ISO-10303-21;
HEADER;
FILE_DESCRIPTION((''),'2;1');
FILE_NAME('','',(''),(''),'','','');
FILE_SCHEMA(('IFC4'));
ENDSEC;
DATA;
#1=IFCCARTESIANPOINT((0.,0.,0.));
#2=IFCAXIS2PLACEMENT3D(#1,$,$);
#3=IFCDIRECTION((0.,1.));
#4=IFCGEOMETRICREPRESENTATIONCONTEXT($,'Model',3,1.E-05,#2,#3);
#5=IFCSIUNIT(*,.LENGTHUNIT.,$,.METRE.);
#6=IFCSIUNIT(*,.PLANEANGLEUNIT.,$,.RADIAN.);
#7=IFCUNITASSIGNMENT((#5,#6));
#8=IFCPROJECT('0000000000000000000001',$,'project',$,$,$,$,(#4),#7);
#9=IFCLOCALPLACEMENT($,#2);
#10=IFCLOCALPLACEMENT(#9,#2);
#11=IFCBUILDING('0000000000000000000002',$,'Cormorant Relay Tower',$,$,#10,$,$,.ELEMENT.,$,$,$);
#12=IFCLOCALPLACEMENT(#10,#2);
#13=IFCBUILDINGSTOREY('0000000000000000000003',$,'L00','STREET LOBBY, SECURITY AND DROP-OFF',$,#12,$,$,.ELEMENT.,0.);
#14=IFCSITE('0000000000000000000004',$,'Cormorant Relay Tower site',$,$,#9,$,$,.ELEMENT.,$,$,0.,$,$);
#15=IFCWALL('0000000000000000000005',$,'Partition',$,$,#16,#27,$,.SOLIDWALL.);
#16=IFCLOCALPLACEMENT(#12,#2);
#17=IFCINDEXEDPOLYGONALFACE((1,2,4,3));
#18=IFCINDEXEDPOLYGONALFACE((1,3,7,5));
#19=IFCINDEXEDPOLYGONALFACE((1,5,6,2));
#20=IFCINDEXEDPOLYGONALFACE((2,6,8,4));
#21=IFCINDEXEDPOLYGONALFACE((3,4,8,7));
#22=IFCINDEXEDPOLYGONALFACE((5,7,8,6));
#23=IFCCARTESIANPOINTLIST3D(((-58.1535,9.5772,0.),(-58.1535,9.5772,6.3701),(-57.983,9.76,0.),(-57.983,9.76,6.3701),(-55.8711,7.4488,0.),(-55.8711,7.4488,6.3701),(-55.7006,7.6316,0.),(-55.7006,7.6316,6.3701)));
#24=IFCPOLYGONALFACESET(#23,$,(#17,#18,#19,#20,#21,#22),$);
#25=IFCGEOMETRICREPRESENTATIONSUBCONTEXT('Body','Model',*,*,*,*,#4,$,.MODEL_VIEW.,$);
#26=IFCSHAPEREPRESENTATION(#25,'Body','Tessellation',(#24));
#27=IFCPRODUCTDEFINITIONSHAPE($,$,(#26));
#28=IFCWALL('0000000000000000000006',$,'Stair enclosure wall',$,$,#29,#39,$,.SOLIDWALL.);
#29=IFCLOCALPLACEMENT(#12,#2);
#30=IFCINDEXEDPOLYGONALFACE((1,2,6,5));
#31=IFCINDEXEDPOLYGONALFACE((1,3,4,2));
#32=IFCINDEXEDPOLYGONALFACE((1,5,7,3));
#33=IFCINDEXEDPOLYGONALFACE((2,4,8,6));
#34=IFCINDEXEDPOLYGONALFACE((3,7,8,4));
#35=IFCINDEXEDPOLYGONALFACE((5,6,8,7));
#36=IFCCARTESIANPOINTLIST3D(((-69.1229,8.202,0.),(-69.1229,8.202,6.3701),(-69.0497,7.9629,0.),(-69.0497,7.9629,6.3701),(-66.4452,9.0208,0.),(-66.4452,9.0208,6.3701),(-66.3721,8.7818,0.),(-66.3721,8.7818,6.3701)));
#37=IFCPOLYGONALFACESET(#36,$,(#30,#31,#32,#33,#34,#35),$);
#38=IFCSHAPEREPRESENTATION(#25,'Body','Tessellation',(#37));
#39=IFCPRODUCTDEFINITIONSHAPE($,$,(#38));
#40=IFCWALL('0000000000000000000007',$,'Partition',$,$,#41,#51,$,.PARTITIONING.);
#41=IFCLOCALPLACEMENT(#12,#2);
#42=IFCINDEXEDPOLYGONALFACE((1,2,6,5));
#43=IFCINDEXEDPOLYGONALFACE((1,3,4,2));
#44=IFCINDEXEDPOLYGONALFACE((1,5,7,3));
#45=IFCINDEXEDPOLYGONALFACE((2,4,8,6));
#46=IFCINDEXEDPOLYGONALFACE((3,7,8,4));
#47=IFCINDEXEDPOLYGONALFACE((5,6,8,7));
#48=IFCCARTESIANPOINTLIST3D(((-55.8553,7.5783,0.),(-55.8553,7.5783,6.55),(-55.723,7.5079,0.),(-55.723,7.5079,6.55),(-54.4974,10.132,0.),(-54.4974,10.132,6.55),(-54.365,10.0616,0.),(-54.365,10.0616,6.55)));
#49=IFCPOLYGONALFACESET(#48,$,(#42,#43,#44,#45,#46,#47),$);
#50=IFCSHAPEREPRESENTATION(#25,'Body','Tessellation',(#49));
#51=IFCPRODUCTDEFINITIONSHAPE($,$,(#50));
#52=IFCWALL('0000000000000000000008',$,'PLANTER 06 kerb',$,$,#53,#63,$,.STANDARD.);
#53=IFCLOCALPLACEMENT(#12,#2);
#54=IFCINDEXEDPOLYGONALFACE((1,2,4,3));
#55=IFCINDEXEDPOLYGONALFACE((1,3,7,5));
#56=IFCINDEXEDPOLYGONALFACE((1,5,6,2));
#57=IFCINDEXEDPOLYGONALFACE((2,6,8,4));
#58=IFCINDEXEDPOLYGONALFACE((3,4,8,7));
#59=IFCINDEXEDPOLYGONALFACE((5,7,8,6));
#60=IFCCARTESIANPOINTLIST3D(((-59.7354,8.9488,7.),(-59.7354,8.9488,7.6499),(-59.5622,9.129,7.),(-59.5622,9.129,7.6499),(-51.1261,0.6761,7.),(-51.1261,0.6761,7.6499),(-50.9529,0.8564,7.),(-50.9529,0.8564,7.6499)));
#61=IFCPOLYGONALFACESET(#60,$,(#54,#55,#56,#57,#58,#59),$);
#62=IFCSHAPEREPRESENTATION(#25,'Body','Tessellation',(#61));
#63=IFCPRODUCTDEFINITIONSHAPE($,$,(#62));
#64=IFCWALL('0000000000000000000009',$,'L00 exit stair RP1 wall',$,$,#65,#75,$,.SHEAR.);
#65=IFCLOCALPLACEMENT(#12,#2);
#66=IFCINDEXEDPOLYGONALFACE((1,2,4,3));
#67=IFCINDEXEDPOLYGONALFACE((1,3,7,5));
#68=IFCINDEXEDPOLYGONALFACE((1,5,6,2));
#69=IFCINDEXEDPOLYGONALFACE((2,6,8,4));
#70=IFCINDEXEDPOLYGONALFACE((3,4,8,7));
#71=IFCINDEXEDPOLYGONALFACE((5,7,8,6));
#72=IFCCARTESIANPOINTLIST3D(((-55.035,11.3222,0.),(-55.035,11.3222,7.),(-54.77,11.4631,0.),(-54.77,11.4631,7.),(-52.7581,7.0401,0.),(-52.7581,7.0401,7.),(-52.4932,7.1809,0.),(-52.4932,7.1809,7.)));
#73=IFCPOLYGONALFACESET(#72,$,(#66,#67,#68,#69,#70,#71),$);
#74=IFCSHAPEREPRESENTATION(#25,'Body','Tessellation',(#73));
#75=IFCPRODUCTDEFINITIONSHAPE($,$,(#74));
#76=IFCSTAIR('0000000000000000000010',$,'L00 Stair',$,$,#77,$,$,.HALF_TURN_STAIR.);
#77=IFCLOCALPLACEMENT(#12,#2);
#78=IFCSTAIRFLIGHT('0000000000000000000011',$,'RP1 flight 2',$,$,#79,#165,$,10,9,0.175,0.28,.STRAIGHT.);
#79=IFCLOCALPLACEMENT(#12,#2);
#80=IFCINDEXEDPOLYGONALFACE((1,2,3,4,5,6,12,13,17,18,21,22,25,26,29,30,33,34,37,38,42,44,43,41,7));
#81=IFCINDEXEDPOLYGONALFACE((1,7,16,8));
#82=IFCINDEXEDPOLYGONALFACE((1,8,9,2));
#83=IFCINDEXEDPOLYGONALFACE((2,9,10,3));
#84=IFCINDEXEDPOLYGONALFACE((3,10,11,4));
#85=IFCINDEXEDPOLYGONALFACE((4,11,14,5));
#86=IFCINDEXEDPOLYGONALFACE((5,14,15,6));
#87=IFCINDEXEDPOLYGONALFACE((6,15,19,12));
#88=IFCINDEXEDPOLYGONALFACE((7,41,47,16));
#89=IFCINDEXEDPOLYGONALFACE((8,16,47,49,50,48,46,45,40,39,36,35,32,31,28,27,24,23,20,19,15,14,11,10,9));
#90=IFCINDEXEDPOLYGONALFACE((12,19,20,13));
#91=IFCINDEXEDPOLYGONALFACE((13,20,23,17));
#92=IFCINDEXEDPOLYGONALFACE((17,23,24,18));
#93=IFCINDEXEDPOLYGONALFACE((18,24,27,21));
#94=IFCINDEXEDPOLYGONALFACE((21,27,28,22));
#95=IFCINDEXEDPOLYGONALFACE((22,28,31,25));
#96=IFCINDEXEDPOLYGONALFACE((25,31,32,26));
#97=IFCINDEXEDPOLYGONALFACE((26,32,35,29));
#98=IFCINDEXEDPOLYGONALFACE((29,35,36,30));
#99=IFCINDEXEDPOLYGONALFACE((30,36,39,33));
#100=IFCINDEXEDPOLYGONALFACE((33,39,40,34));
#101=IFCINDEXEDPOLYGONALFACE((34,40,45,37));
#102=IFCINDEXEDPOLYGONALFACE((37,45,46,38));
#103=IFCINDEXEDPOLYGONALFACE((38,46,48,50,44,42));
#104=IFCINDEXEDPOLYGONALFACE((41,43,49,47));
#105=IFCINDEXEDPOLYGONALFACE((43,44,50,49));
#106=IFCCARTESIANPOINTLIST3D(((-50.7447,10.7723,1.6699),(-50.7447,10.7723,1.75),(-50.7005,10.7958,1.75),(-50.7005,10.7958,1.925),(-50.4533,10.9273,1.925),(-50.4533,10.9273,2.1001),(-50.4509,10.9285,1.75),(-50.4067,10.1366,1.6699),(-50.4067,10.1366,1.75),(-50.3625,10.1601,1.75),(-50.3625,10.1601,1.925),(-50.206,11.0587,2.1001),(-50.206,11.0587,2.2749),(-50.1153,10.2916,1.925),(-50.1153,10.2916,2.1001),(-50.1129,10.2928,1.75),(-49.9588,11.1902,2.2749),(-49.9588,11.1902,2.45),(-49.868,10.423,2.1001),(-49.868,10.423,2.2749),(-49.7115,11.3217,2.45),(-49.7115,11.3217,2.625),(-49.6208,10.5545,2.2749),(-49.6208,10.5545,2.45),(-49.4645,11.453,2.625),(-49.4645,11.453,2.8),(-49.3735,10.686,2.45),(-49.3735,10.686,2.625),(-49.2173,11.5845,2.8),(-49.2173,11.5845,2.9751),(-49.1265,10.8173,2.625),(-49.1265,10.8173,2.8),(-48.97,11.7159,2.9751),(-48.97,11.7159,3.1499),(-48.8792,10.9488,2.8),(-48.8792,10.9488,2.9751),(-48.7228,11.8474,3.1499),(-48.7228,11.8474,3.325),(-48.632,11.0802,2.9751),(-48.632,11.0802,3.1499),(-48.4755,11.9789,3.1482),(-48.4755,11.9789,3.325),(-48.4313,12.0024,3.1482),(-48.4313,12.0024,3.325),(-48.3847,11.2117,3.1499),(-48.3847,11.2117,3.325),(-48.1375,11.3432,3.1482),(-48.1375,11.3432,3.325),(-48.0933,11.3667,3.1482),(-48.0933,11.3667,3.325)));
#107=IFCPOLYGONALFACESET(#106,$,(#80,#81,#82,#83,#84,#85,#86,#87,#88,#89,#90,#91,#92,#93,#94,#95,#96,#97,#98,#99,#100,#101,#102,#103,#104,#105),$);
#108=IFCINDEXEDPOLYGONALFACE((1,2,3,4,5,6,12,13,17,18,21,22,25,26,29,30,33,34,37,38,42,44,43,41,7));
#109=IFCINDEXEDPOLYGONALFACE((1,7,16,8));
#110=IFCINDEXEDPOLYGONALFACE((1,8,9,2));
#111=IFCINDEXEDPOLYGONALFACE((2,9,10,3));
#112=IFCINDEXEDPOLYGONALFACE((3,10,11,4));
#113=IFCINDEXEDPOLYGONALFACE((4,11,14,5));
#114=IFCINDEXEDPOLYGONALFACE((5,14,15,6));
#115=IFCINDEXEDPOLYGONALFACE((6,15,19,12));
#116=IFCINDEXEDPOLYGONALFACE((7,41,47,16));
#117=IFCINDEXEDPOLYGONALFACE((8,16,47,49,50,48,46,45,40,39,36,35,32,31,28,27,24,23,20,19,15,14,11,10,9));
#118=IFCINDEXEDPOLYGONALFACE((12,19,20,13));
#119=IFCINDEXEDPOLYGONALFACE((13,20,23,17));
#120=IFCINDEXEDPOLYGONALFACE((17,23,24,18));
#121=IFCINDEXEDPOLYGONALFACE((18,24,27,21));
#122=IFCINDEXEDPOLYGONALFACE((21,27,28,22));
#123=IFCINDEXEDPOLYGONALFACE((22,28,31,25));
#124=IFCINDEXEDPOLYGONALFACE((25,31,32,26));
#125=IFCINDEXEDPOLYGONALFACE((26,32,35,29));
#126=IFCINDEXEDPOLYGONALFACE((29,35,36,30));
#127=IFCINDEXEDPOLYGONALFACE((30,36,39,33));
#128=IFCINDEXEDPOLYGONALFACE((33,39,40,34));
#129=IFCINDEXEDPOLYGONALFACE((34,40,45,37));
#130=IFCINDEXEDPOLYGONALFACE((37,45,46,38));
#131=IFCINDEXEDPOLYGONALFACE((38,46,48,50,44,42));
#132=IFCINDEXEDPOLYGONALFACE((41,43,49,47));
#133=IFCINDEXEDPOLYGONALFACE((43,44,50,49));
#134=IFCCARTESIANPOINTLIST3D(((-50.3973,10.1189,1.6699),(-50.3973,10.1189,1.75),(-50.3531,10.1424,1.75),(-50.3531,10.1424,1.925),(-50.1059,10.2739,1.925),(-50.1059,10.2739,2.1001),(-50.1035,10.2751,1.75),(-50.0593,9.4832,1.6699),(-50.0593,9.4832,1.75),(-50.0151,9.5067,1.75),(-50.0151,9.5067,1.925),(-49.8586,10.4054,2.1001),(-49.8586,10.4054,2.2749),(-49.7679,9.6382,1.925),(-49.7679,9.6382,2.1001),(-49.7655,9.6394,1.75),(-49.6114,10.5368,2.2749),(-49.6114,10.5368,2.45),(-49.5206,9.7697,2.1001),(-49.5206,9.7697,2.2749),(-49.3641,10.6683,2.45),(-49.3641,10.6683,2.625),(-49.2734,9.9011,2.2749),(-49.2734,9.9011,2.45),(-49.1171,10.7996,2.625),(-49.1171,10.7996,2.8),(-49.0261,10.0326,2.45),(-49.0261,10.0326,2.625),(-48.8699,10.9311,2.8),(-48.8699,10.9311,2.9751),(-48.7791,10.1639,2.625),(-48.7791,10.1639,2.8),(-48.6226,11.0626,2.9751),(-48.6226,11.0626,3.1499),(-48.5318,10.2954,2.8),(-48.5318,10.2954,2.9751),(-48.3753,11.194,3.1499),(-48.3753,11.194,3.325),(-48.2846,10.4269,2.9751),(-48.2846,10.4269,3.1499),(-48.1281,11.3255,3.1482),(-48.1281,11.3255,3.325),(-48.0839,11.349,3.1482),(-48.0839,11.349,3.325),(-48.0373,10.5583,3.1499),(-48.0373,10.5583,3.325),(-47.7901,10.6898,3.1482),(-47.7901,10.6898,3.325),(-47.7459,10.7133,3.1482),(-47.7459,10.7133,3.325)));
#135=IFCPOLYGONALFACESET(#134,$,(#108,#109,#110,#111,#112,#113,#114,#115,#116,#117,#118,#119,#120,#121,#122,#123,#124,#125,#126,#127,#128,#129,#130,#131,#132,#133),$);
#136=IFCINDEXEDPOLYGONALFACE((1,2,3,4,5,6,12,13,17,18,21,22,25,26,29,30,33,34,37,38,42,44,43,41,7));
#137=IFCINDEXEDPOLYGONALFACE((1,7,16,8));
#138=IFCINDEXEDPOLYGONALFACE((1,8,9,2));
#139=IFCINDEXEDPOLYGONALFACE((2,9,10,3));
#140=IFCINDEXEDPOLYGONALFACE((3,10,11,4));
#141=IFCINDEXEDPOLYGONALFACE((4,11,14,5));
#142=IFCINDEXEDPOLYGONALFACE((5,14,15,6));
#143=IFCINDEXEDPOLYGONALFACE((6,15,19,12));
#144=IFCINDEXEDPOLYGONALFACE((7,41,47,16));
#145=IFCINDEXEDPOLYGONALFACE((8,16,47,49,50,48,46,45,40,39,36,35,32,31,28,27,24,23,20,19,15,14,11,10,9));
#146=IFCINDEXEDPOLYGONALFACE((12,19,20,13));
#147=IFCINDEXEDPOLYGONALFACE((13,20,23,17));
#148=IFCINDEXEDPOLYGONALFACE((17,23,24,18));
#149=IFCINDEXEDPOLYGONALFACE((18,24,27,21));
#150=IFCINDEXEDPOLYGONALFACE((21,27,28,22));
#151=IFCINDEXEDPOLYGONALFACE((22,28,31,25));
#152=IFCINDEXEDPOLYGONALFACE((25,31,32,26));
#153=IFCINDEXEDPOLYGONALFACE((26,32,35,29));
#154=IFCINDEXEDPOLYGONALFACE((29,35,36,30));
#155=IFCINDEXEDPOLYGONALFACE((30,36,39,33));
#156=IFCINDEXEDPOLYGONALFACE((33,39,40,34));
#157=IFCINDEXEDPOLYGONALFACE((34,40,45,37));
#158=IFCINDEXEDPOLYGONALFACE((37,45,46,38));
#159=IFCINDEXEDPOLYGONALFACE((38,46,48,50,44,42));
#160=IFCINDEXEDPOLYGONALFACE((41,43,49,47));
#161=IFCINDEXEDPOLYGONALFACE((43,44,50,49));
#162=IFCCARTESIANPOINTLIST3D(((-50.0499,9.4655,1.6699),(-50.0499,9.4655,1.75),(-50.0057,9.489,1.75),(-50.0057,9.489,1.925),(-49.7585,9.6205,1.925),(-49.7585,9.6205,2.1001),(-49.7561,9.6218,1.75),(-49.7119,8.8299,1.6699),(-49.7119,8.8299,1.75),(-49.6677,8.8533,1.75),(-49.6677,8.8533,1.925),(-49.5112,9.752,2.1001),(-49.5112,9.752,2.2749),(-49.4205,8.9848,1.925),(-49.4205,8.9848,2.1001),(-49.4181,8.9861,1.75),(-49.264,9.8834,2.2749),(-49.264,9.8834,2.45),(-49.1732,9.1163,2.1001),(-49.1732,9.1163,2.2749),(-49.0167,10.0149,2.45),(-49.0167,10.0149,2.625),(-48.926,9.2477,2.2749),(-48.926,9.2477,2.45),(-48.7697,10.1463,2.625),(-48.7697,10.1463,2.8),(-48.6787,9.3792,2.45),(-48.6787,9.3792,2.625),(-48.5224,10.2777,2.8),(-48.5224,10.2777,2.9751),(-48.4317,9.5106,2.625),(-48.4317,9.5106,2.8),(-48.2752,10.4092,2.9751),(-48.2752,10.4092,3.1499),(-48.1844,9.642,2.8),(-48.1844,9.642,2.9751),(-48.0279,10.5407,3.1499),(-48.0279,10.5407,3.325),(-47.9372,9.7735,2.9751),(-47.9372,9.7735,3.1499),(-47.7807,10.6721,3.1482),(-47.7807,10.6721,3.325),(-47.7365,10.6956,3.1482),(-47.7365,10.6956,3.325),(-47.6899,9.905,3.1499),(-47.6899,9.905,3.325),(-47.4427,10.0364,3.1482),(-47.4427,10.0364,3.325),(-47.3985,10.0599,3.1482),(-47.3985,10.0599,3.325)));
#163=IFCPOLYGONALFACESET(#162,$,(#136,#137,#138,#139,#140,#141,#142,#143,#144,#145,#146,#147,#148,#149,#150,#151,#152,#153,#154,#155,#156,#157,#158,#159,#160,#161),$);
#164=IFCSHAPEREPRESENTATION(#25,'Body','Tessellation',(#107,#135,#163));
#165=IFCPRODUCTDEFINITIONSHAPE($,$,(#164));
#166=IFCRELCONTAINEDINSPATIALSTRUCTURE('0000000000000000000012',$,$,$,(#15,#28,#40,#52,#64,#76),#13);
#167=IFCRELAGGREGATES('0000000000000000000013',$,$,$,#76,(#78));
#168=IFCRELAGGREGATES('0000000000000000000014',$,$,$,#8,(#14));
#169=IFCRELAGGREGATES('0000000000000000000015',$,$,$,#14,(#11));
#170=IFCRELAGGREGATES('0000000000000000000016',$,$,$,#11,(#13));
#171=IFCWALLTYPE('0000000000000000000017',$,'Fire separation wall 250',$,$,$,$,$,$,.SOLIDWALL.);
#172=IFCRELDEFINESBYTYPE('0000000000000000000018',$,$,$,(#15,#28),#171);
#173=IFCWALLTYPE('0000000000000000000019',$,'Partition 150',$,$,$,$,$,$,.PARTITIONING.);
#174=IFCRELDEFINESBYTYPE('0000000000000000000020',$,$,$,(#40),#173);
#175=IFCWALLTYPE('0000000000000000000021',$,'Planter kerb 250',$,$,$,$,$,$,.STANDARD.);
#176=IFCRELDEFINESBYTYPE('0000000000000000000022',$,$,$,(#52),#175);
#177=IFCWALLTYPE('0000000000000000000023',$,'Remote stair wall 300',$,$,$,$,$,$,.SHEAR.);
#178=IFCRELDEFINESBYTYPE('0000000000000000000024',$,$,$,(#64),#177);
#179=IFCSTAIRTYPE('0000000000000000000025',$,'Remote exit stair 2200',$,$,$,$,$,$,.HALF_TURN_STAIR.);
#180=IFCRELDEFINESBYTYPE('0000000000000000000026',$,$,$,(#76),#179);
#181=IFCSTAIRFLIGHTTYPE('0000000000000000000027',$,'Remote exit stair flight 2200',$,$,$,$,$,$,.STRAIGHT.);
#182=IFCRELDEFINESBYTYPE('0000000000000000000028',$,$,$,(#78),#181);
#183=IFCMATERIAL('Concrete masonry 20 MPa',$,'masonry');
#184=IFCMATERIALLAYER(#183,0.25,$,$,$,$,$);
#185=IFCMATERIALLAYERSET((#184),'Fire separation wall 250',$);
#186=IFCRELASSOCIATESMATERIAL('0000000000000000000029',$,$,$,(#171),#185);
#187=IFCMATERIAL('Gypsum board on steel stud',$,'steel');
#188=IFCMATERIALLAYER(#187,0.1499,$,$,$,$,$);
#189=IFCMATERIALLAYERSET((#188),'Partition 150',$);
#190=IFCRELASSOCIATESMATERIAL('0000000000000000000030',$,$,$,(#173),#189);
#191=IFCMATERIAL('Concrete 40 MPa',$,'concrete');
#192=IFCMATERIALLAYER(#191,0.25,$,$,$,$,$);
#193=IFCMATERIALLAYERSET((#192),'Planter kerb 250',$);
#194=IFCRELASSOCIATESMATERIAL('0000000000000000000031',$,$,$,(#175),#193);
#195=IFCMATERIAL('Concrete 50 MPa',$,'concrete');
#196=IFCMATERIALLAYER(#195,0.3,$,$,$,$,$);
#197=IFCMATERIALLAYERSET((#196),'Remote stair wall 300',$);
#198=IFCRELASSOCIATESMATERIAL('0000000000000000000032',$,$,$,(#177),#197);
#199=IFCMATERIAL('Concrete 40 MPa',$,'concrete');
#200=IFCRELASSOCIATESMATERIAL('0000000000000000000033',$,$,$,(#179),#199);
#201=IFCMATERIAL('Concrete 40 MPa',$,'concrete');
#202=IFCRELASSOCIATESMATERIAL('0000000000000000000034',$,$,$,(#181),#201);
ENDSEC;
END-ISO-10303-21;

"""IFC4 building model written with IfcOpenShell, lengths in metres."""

from ifc_helpers import new_model, si_unit, direction, frame, frame_2d, origin, place, context, subcontext, project, spatial, polyline, rectangle, outline, extrude, material, layer, layer_set, type_object, element, aggregate, save


model = new_model("IFC4")

# Units and contexts
model_context = context("Model", 3, precision=1e-05, world=origin(), true_north=direction((0.0, 1.0)))
body_context = subcontext(model_context, "Body", "Model", "MODEL_VIEW")
ifc_project = project(units=[si_unit("LENGTHUNIT", "METRE"), si_unit("PLANEANGLEUNIT", "RADIAN")], contexts=[model_context])

# Site, building, storey
site_placement = place(None, origin())
site = spatial("IfcSite", under=ifc_project, at=site_placement, Name="Cormorant Relay Tower site", CompositionType="ELEMENT", RefElevation=0.0)
building_placement = place(site_placement, origin())
building = spatial("IfcBuilding", under=site, at=building_placement, Name="Cormorant Relay Tower", CompositionType="ELEMENT")
storey_placement = place(building_placement, origin())
storey = spatial("IfcBuildingStorey", under=building, at=storey_placement, Name="L00", Description="STREET LOBBY, SECURITY AND DROP-OFF", CompositionType="ELEMENT", Elevation=0.0)

# Walls
ifc_material_1 = material(Name="Concrete masonry 20 MPa", Category="masonry")
ifc_layer_1 = layer(ifc_material_1, 0.25)
ifc_layer_set_1 = layer_set([ifc_layer_1], Name="Fire separation wall 250")
wall_type_1 = type_object("IfcWallType", Name="Fire separation wall 250", PredefinedType="SOLIDWALL", material=ifc_layer_set_1)
wall_1_placement = place(storey_placement, frame((-58.0684, 9.6687, 0.0), z_axis=(0.0, 0.0, 1.0), x_axis=(0.731357, -0.681995, 0.0)))
element("IfcWall", 1, at=wall_1_placement, inside=storey, type_object=wall_type_1, Name="Partition", PredefinedType="SOLIDWALL", context=body_context, shape_type="SweptSolid", body=[
    extrude(rectangle(XDim=3.1208, YDim=0.25, at=frame_2d((1.5605, 0.0))), origin(), (0.0, 0.0, 1.0), 6.3701),
])
wall_2_placement = place(storey_placement, frame((-69.0862, 8.0825, 0.0), z_axis=(0.0, 0.0, 1.0), x_axis=(0.956287, 0.292431, 0.0)))
element("IfcWall", 2, at=wall_2_placement, inside=storey, type_object=wall_type_1, Name="Stair enclosure wall", PredefinedType="SOLIDWALL", context=body_context, shape_type="SweptSolid", body=[
    extrude(rectangle(XDim=2.8, YDim=0.25, at=frame_2d((1.3999, 0.0))), origin(), (0.0, 0.0, 1.0), 6.3701),
])
ifc_material_2 = material(Name="Gypsum board on steel stud", Category="steel")
ifc_layer_2 = layer(ifc_material_2, 0.1499)
ifc_layer_set_2 = layer_set([ifc_layer_2], Name="Partition 150")
wall_type_2 = type_object("IfcWallType", Name="Partition 150", PredefinedType="PARTITIONING", material=ifc_layer_set_2)
wall_3_placement = place(storey_placement, frame((-54.4312, 10.0969, 0.0), z_axis=(0.0, 0.0, 1.0), x_axis=(-0.469493, -0.882936, 0.0)))
element("IfcWall", 3, at=wall_3_placement, inside=storey, type_object=wall_type_2, Name="Partition", PredefinedType="PARTITIONING", context=body_context, shape_type="SweptSolid", body=[
    extrude(rectangle(XDim=2.8923, YDim=0.1499, at=frame_2d((1.4463, 0.0))), origin(), (0.0, 0.0, 1.0), 6.55),
])
ifc_material_3 = material(Name="Concrete 40 MPa", Category="concrete")
ifc_layer_3 = layer(ifc_material_3, 0.25)
ifc_layer_set_3 = layer_set([ifc_layer_3], Name="Planter kerb 250")
wall_type_3 = type_object("IfcWallType", Name="Planter kerb 250", PredefinedType="STANDARD", material=ifc_layer_set_3)
wall_4_placement = place(storey_placement, frame((-59.6487, 9.0388, 7.0), z_axis=(0.0, 0.0, 1.0), x_axis=(0.721065, -0.692868, 0.0)))
element("IfcWall", 4, at=wall_4_placement, inside=storey, type_object=wall_type_3, Name="PLANTER 06 kerb", PredefinedType="STANDARD", context=body_context, shape_type="SweptSolid", body=[
    extrude(rectangle(XDim=11.9397, YDim=0.25, at=frame_2d((5.9697, 0.0))), origin(), (0.0, 0.0, 1.0), 0.6499),
])
ifc_material_4 = material(Name="Concrete 50 MPa", Category="concrete")
ifc_layer_4 = layer(ifc_material_4, 0.3)
ifc_layer_set_4 = layer_set([ifc_layer_4], Name="Remote stair wall 300")
wall_type_4 = type_object("IfcWallType", Name="Remote stair wall 300", PredefinedType="SHEAR", material=ifc_layer_set_4)
wall_5_placement = place(storey_placement, frame((-52.6257, 7.1106, 0.0), z_axis=(0.0, 0.0, 1.0), x_axis=(-0.469464, 0.882951, 0.0)))
element("IfcWall", 5, at=wall_5_placement, inside=storey, type_object=wall_type_4, Name="L00 exit stair RP1 wall", PredefinedType="SHEAR", context=body_context, shape_type="SweptSolid", body=[
    extrude(rectangle(XDim=4.8499, YDim=0.3, at=frame_2d((2.4248, 0.0))), origin(), (0.0, 0.0, 1.0), 7.0),
])

# Stair, stair flight
ifc_material_5 = material(Name="Concrete 40 MPa", Category="concrete")
stair_type = type_object("IfcStairType", Name="Remote exit stair 2200", PredefinedType="HALF_TURN_STAIR", material=ifc_material_5)
stair_placement = place(storey_placement, origin())
stair = element("IfcStair", 6, at=stair_placement, inside=storey, type_object=stair_type, Name="L00 Stair", PredefinedType="HALF_TURN_STAIR")
ifc_material_6 = material(Name="Concrete 40 MPa", Category="concrete")
stair_flight_type = type_object("IfcStairFlightType", Name="Remote exit stair flight 2200", PredefinedType="STRAIGHT", material=ifc_material_6)
stair_flight_1_placement = place(storey_placement, frame((-50.1841, 9.8245, 1.75), z_axis=(0.0, 0.0, 1.0), x_axis=(0.882948, 0.469472, 0.0)))
stair_flight_1 = element("IfcStairFlight", 7, at=stair_flight_1_placement, type_object=stair_flight_type, Name="RP1 flight 2", NumberOfRisers=10, NumberOfTreads=9, PredefinedType="STRAIGHT", RiserHeight=0.175, TreadLength=0.28, context=body_context, shape_type="SweptSolid", body=[
    extrude(outline(polyline([(-0.05, -0.0801), (-0.05, 0.0), (0.0, 0.0), (0.0, 0.175), (0.28, 0.175), (0.28, 0.3501), (0.5601, 0.3501), (0.5601, 0.5249), (0.8401, 0.5249), (0.8401, 0.7), (1.1201, 0.7), (1.1201, 0.875), (1.3999, 0.875), (1.3999, 1.05), (1.6799, 1.05), (1.6799, 1.2251), (1.96, 1.2251), (1.96, 1.3999), (2.24, 1.3999), (2.24, 1.575), (2.52, 1.575), (2.5701, 1.575), (2.5701, 1.3982), (2.52, 1.3982), (0.2827, 0.0), (-0.05, -0.0801)])), frame((0.0, 1.1001, 0.0), z_axis=(0.0, -1.0, 0.0), x_axis=(1.0, 0.0, 0.0)), (0.0, 0.0, 1.0), 0.72),
    extrude(outline(polyline([(-0.05, -0.0801), (-0.05, 0.0), (0.0, 0.0), (0.0, 0.175), (0.28, 0.175), (0.28, 0.3501), (0.5601, 0.3501), (0.5601, 0.5249), (0.8401, 0.5249), (0.8401, 0.7), (1.1201, 0.7), (1.1201, 0.875), (1.3999, 0.875), (1.3999, 1.05), (1.6799, 1.05), (1.6799, 1.2251), (1.96, 1.2251), (1.96, 1.3999), (2.24, 1.3999), (2.24, 1.575), (2.52, 1.575), (2.5701, 1.575), (2.5701, 1.3982), (2.52, 1.3982), (0.2827, 0.0), (-0.05, -0.0801)])), frame((0.0, 0.3601, 0.0), z_axis=(0.0, -1.0, 0.0), x_axis=(1.0, 0.0, 0.0)), (0.0, 0.0, 1.0), 0.72),
    extrude(outline(polyline([(-0.05, -0.0801), (-0.05, 0.0), (0.0, 0.0), (0.0, 0.175), (0.28, 0.175), (0.28, 0.3501), (0.5601, 0.3501), (0.5601, 0.5249), (0.8401, 0.5249), (0.8401, 0.7), (1.1201, 0.7), (1.1201, 0.875), (1.3999, 0.875), (1.3999, 1.05), (1.6799, 1.05), (1.6799, 1.2251), (1.96, 1.2251), (1.96, 1.3999), (2.24, 1.3999), (2.24, 1.575), (2.52, 1.575), (2.5701, 1.575), (2.5701, 1.3982), (2.52, 1.3982), (0.2827, 0.0), (-0.05, -0.0801)])), frame((0.0, -0.3799, 0.0), z_axis=(0.0, -1.0, 0.0), x_axis=(1.0, 0.0, 0.0)), (0.0, 0.0, 1.0), 0.72),
])
aggregate(stair, [stair_flight_1])

save(model, "model.ifc")
